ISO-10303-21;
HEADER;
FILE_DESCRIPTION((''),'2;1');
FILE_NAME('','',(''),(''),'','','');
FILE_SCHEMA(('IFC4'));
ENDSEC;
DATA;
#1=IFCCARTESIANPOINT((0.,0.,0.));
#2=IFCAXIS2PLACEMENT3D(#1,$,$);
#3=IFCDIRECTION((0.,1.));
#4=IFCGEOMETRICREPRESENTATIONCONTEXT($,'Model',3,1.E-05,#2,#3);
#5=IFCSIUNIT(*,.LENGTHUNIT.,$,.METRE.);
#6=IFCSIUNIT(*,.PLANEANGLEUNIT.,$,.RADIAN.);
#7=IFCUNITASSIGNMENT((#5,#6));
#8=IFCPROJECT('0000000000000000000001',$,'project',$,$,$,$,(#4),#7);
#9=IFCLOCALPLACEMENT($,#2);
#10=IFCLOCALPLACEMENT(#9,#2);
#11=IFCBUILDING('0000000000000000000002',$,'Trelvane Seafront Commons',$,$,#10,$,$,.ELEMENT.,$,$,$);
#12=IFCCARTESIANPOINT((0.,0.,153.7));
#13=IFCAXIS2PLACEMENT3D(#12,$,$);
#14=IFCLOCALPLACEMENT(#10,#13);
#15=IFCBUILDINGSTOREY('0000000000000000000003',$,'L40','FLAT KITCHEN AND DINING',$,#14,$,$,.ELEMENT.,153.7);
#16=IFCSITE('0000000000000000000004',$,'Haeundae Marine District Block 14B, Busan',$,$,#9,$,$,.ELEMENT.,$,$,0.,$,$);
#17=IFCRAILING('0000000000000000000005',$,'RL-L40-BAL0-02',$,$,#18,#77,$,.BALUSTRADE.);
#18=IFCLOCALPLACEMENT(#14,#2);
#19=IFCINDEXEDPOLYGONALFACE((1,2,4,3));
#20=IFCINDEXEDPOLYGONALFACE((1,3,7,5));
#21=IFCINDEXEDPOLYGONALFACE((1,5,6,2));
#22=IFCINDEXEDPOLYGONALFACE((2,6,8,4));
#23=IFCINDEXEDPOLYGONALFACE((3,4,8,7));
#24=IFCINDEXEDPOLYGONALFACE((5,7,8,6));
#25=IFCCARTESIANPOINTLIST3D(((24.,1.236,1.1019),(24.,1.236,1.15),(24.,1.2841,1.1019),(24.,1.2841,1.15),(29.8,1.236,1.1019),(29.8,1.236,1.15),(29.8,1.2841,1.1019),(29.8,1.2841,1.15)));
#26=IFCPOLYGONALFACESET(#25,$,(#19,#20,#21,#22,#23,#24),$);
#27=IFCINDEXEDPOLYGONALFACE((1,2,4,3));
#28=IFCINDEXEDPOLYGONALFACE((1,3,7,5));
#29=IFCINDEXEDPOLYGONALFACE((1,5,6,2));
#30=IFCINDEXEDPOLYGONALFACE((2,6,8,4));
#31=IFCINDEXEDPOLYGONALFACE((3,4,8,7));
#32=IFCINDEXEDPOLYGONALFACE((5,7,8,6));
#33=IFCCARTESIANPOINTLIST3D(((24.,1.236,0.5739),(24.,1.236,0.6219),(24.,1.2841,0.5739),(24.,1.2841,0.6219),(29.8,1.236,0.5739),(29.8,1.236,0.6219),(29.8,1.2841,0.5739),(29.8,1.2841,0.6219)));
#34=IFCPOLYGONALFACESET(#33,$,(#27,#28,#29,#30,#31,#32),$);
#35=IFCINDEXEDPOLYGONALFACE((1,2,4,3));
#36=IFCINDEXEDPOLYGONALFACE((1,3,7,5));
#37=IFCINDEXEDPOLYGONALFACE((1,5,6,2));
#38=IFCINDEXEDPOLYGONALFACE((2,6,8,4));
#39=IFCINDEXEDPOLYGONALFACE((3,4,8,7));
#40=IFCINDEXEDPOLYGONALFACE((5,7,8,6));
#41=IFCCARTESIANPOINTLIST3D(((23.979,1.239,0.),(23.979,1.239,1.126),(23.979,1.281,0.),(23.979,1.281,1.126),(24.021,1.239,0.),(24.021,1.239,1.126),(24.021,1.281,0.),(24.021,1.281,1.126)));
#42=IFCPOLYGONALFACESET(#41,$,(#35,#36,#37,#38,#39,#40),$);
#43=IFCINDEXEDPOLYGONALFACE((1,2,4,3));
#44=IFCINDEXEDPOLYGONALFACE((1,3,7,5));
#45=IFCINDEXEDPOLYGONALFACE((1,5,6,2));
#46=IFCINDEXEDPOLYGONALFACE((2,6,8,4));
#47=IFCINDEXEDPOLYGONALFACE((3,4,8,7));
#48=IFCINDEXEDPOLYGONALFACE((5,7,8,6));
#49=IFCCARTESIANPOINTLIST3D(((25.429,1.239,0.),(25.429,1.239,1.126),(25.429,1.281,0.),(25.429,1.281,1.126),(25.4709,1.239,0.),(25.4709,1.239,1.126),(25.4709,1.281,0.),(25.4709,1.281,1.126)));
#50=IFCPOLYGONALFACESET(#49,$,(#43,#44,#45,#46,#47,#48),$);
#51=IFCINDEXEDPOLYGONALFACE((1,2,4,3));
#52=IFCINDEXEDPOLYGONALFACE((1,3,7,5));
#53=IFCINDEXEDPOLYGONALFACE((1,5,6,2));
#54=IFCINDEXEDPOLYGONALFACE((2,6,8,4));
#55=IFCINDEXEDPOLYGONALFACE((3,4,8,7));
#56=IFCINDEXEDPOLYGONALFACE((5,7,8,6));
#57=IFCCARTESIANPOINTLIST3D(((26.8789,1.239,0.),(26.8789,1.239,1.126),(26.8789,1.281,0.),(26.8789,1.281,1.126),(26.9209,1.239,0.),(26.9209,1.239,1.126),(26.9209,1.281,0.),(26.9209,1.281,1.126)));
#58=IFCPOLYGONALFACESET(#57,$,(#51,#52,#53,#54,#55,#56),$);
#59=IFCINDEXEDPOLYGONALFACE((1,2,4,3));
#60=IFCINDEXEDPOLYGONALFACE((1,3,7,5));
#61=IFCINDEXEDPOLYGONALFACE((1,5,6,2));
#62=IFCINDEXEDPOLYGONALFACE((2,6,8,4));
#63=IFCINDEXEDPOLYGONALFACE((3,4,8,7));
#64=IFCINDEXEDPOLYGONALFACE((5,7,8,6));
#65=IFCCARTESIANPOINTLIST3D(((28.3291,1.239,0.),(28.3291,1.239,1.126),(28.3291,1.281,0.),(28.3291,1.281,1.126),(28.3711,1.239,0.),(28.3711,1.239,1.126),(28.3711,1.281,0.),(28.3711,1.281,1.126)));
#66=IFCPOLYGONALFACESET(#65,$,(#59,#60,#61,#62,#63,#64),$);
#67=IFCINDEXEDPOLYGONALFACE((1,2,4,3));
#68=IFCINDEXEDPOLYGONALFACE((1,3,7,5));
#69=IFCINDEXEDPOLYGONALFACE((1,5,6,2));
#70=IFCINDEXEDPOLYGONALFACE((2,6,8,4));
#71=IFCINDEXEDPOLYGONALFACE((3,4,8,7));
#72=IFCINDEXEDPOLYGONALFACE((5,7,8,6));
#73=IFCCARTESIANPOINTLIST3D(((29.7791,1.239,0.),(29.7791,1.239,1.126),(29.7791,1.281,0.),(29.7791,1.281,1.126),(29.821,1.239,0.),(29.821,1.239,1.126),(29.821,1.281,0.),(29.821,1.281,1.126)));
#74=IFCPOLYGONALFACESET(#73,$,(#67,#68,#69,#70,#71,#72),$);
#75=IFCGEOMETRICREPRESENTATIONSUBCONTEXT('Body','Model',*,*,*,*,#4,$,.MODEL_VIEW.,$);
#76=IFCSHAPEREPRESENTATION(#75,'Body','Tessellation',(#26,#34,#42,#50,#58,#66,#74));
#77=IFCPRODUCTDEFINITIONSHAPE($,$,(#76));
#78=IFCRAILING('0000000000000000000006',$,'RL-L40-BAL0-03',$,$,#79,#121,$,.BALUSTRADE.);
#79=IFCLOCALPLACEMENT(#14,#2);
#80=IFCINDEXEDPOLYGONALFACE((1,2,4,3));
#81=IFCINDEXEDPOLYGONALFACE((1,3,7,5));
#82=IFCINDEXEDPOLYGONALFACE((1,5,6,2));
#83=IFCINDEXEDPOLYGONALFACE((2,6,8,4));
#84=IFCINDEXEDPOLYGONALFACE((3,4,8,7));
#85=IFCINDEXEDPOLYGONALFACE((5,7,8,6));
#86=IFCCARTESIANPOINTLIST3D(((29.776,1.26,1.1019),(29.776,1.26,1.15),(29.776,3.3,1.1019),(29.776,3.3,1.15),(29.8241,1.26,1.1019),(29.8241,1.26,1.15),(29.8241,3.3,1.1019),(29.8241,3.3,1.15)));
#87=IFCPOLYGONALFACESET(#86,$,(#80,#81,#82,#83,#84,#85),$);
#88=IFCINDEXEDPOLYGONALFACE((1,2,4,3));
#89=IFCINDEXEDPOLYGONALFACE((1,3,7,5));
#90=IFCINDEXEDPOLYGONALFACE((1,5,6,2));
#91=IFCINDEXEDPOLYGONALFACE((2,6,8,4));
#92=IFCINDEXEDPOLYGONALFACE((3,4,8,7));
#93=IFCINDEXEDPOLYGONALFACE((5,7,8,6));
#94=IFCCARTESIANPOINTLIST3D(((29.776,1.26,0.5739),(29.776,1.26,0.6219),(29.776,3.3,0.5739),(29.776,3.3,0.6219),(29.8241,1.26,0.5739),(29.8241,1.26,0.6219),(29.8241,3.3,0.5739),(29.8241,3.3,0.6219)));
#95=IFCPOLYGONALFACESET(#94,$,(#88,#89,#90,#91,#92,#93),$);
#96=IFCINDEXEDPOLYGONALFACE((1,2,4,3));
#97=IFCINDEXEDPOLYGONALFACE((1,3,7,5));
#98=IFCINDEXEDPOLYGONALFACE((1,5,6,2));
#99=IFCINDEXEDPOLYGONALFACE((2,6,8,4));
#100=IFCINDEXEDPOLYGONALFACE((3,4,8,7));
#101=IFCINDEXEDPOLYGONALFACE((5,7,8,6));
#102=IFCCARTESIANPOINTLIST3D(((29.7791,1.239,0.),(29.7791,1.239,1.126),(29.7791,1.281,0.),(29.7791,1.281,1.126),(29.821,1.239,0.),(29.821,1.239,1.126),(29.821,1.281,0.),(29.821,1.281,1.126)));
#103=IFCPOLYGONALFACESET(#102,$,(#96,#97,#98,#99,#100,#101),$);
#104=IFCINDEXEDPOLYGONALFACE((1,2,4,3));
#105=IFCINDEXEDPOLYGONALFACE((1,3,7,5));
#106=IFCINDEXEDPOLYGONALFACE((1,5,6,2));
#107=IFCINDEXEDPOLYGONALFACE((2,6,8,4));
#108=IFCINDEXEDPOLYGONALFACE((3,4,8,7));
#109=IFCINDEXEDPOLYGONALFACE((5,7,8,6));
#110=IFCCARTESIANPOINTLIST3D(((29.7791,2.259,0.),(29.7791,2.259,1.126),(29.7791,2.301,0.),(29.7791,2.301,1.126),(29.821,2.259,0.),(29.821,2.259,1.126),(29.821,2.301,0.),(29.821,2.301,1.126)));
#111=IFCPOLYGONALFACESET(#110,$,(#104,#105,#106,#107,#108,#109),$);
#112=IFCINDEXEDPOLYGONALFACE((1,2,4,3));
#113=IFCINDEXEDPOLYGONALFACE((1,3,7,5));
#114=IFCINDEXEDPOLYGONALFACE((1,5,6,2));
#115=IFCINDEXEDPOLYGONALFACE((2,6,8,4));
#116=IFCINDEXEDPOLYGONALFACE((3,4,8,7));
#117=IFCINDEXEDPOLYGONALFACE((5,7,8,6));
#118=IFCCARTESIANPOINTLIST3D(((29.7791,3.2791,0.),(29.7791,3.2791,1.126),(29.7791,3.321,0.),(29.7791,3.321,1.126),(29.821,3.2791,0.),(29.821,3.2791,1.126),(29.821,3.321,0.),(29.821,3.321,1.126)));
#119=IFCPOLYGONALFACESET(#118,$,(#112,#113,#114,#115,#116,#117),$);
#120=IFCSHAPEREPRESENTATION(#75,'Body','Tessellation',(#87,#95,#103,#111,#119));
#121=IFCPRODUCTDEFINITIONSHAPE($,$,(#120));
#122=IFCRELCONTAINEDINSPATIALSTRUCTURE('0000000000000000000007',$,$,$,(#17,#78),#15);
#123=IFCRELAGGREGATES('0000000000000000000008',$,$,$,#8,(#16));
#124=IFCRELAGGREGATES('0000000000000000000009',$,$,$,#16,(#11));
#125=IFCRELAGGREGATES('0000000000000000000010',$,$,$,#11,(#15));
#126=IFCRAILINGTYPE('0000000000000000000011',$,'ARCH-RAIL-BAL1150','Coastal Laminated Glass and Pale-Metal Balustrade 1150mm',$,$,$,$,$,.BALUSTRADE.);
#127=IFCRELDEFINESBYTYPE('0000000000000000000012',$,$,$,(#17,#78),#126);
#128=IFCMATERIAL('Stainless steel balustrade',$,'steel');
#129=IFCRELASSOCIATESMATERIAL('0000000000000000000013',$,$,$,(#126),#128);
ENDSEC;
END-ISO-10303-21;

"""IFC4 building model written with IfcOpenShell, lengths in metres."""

from ifc_helpers import new_model, si_unit, direction, frame, origin, origin_2d, place, context, subcontext, project, spatial, rectangle, extrude, material, type_object, element, save


model = new_model("IFC4")

# Units and contexts
model_context = context("Model", 3, precision=1e-05, world=origin(), true_north=direction((0.0, 1.0)))
body_context = subcontext(model_context, "Body", "Model", "MODEL_VIEW")
ifc_project = project(units=[si_unit("LENGTHUNIT", "METRE"), si_unit("PLANEANGLEUNIT", "RADIAN")], contexts=[model_context])

# Site, building, storey
site_placement = place(None, origin())
site = spatial("IfcSite", under=ifc_project, at=site_placement, Name="Haeundae Marine District Block 14B, Busan", CompositionType="ELEMENT", RefElevation=0.0)
building_placement = place(site_placement, origin())
building = spatial("IfcBuilding", under=site, at=building_placement, Name="Trelvane Seafront Commons", CompositionType="ELEMENT")
storey_placement = place(building_placement, frame((0.0, 0.0, 153.7)))
storey = spatial("IfcBuildingStorey", under=building, at=storey_placement, Name="L40", Description="FLAT KITCHEN AND DINING", CompositionType="ELEMENT", Elevation=153.7)

# Railings
ifc_material_1 = material(Name="Stainless steel balustrade", Category="steel")
railing_type = type_object("IfcRailingType", Name="ARCH-RAIL-BAL1150", Description="Coastal Laminated Glass and Pale-Metal Balustrade 1150mm", PredefinedType="BALUSTRADE", material=ifc_material_1)
railing_1_placement = place(storey_placement, frame((24.0, 1.26, 0.0)))
element("IfcRailing", 1, at=railing_1_placement, inside=storey, type_object=railing_type, Name="RL-L40-BAL0-02", PredefinedType="BALUSTRADE", context=body_context, shape_type="SweptSolid", body=[
    extrude(rectangle(XDim=0.0481, YDim=0.0481, at=origin_2d()), frame((0.0, 0.0, 1.126), z_axis=(1.0, 0.0, 0.0), x_axis=(0.0, 1.0, 0.0)), (0.0, 0.0, 1.0), 5.8),
    extrude(rectangle(XDim=0.0481, YDim=0.0481, at=origin_2d()), frame((0.0, 0.0, 0.5979), z_axis=(1.0, 0.0, 0.0), x_axis=(0.0, 1.0, 0.0)), (0.0, 0.0, 1.0), 5.8),
    extrude(rectangle(XDim=0.042, YDim=0.042, at=origin_2d()), origin(), (0.0, 0.0, 1.0), 1.126),
    extrude(rectangle(XDim=0.042, YDim=0.042, at=origin_2d()), frame((1.45, 0.0, 0.0)), (0.0, 0.0, 1.0), 1.126),
    extrude(rectangle(XDim=0.042, YDim=0.042, at=origin_2d()), frame((2.8999, 0.0, 0.0)), (0.0, 0.0, 1.0), 1.126),
    extrude(rectangle(XDim=0.042, YDim=0.042, at=origin_2d()), frame((4.3501, 0.0, 0.0)), (0.0, 0.0, 1.0), 1.126),
    extrude(rectangle(XDim=0.042, YDim=0.042, at=origin_2d()), frame((5.8, 0.0, 0.0)), (0.0, 0.0, 1.0), 1.126),
])
railing_2_placement = place(storey_placement, frame((29.8, 1.26, 0.0)))
element("IfcRailing", 2, at=railing_2_placement, inside=storey, type_object=railing_type, Name="RL-L40-BAL0-03", PredefinedType="BALUSTRADE", context=body_context, shape_type="SweptSolid", body=[
    extrude(rectangle(XDim=0.0481, YDim=0.0481, at=origin_2d()), frame((0.0, 0.0, 1.126), z_axis=(0.0, 1.0, 0.0), x_axis=(-1.0, 0.0, 0.0)), (0.0, 0.0, 1.0), 2.04),
    extrude(rectangle(XDim=0.0481, YDim=0.0481, at=origin_2d()), frame((0.0, 0.0, 0.5979), z_axis=(0.0, 1.0, 0.0), x_axis=(-1.0, 0.0, 0.0)), (0.0, 0.0, 1.0), 2.04),
    extrude(rectangle(XDim=0.042, YDim=0.042, at=origin_2d()), origin(), (0.0, 0.0, 1.0), 1.126),
    extrude(rectangle(XDim=0.042, YDim=0.042, at=origin_2d()), frame((0.0, 1.02, 0.0)), (0.0, 0.0, 1.0), 1.126),
    extrude(rectangle(XDim=0.042, YDim=0.042, at=origin_2d()), frame((0.0, 2.04, 0.0)), (0.0, 0.0, 1.0), 1.126),
])

save(model, "model.ifc")
